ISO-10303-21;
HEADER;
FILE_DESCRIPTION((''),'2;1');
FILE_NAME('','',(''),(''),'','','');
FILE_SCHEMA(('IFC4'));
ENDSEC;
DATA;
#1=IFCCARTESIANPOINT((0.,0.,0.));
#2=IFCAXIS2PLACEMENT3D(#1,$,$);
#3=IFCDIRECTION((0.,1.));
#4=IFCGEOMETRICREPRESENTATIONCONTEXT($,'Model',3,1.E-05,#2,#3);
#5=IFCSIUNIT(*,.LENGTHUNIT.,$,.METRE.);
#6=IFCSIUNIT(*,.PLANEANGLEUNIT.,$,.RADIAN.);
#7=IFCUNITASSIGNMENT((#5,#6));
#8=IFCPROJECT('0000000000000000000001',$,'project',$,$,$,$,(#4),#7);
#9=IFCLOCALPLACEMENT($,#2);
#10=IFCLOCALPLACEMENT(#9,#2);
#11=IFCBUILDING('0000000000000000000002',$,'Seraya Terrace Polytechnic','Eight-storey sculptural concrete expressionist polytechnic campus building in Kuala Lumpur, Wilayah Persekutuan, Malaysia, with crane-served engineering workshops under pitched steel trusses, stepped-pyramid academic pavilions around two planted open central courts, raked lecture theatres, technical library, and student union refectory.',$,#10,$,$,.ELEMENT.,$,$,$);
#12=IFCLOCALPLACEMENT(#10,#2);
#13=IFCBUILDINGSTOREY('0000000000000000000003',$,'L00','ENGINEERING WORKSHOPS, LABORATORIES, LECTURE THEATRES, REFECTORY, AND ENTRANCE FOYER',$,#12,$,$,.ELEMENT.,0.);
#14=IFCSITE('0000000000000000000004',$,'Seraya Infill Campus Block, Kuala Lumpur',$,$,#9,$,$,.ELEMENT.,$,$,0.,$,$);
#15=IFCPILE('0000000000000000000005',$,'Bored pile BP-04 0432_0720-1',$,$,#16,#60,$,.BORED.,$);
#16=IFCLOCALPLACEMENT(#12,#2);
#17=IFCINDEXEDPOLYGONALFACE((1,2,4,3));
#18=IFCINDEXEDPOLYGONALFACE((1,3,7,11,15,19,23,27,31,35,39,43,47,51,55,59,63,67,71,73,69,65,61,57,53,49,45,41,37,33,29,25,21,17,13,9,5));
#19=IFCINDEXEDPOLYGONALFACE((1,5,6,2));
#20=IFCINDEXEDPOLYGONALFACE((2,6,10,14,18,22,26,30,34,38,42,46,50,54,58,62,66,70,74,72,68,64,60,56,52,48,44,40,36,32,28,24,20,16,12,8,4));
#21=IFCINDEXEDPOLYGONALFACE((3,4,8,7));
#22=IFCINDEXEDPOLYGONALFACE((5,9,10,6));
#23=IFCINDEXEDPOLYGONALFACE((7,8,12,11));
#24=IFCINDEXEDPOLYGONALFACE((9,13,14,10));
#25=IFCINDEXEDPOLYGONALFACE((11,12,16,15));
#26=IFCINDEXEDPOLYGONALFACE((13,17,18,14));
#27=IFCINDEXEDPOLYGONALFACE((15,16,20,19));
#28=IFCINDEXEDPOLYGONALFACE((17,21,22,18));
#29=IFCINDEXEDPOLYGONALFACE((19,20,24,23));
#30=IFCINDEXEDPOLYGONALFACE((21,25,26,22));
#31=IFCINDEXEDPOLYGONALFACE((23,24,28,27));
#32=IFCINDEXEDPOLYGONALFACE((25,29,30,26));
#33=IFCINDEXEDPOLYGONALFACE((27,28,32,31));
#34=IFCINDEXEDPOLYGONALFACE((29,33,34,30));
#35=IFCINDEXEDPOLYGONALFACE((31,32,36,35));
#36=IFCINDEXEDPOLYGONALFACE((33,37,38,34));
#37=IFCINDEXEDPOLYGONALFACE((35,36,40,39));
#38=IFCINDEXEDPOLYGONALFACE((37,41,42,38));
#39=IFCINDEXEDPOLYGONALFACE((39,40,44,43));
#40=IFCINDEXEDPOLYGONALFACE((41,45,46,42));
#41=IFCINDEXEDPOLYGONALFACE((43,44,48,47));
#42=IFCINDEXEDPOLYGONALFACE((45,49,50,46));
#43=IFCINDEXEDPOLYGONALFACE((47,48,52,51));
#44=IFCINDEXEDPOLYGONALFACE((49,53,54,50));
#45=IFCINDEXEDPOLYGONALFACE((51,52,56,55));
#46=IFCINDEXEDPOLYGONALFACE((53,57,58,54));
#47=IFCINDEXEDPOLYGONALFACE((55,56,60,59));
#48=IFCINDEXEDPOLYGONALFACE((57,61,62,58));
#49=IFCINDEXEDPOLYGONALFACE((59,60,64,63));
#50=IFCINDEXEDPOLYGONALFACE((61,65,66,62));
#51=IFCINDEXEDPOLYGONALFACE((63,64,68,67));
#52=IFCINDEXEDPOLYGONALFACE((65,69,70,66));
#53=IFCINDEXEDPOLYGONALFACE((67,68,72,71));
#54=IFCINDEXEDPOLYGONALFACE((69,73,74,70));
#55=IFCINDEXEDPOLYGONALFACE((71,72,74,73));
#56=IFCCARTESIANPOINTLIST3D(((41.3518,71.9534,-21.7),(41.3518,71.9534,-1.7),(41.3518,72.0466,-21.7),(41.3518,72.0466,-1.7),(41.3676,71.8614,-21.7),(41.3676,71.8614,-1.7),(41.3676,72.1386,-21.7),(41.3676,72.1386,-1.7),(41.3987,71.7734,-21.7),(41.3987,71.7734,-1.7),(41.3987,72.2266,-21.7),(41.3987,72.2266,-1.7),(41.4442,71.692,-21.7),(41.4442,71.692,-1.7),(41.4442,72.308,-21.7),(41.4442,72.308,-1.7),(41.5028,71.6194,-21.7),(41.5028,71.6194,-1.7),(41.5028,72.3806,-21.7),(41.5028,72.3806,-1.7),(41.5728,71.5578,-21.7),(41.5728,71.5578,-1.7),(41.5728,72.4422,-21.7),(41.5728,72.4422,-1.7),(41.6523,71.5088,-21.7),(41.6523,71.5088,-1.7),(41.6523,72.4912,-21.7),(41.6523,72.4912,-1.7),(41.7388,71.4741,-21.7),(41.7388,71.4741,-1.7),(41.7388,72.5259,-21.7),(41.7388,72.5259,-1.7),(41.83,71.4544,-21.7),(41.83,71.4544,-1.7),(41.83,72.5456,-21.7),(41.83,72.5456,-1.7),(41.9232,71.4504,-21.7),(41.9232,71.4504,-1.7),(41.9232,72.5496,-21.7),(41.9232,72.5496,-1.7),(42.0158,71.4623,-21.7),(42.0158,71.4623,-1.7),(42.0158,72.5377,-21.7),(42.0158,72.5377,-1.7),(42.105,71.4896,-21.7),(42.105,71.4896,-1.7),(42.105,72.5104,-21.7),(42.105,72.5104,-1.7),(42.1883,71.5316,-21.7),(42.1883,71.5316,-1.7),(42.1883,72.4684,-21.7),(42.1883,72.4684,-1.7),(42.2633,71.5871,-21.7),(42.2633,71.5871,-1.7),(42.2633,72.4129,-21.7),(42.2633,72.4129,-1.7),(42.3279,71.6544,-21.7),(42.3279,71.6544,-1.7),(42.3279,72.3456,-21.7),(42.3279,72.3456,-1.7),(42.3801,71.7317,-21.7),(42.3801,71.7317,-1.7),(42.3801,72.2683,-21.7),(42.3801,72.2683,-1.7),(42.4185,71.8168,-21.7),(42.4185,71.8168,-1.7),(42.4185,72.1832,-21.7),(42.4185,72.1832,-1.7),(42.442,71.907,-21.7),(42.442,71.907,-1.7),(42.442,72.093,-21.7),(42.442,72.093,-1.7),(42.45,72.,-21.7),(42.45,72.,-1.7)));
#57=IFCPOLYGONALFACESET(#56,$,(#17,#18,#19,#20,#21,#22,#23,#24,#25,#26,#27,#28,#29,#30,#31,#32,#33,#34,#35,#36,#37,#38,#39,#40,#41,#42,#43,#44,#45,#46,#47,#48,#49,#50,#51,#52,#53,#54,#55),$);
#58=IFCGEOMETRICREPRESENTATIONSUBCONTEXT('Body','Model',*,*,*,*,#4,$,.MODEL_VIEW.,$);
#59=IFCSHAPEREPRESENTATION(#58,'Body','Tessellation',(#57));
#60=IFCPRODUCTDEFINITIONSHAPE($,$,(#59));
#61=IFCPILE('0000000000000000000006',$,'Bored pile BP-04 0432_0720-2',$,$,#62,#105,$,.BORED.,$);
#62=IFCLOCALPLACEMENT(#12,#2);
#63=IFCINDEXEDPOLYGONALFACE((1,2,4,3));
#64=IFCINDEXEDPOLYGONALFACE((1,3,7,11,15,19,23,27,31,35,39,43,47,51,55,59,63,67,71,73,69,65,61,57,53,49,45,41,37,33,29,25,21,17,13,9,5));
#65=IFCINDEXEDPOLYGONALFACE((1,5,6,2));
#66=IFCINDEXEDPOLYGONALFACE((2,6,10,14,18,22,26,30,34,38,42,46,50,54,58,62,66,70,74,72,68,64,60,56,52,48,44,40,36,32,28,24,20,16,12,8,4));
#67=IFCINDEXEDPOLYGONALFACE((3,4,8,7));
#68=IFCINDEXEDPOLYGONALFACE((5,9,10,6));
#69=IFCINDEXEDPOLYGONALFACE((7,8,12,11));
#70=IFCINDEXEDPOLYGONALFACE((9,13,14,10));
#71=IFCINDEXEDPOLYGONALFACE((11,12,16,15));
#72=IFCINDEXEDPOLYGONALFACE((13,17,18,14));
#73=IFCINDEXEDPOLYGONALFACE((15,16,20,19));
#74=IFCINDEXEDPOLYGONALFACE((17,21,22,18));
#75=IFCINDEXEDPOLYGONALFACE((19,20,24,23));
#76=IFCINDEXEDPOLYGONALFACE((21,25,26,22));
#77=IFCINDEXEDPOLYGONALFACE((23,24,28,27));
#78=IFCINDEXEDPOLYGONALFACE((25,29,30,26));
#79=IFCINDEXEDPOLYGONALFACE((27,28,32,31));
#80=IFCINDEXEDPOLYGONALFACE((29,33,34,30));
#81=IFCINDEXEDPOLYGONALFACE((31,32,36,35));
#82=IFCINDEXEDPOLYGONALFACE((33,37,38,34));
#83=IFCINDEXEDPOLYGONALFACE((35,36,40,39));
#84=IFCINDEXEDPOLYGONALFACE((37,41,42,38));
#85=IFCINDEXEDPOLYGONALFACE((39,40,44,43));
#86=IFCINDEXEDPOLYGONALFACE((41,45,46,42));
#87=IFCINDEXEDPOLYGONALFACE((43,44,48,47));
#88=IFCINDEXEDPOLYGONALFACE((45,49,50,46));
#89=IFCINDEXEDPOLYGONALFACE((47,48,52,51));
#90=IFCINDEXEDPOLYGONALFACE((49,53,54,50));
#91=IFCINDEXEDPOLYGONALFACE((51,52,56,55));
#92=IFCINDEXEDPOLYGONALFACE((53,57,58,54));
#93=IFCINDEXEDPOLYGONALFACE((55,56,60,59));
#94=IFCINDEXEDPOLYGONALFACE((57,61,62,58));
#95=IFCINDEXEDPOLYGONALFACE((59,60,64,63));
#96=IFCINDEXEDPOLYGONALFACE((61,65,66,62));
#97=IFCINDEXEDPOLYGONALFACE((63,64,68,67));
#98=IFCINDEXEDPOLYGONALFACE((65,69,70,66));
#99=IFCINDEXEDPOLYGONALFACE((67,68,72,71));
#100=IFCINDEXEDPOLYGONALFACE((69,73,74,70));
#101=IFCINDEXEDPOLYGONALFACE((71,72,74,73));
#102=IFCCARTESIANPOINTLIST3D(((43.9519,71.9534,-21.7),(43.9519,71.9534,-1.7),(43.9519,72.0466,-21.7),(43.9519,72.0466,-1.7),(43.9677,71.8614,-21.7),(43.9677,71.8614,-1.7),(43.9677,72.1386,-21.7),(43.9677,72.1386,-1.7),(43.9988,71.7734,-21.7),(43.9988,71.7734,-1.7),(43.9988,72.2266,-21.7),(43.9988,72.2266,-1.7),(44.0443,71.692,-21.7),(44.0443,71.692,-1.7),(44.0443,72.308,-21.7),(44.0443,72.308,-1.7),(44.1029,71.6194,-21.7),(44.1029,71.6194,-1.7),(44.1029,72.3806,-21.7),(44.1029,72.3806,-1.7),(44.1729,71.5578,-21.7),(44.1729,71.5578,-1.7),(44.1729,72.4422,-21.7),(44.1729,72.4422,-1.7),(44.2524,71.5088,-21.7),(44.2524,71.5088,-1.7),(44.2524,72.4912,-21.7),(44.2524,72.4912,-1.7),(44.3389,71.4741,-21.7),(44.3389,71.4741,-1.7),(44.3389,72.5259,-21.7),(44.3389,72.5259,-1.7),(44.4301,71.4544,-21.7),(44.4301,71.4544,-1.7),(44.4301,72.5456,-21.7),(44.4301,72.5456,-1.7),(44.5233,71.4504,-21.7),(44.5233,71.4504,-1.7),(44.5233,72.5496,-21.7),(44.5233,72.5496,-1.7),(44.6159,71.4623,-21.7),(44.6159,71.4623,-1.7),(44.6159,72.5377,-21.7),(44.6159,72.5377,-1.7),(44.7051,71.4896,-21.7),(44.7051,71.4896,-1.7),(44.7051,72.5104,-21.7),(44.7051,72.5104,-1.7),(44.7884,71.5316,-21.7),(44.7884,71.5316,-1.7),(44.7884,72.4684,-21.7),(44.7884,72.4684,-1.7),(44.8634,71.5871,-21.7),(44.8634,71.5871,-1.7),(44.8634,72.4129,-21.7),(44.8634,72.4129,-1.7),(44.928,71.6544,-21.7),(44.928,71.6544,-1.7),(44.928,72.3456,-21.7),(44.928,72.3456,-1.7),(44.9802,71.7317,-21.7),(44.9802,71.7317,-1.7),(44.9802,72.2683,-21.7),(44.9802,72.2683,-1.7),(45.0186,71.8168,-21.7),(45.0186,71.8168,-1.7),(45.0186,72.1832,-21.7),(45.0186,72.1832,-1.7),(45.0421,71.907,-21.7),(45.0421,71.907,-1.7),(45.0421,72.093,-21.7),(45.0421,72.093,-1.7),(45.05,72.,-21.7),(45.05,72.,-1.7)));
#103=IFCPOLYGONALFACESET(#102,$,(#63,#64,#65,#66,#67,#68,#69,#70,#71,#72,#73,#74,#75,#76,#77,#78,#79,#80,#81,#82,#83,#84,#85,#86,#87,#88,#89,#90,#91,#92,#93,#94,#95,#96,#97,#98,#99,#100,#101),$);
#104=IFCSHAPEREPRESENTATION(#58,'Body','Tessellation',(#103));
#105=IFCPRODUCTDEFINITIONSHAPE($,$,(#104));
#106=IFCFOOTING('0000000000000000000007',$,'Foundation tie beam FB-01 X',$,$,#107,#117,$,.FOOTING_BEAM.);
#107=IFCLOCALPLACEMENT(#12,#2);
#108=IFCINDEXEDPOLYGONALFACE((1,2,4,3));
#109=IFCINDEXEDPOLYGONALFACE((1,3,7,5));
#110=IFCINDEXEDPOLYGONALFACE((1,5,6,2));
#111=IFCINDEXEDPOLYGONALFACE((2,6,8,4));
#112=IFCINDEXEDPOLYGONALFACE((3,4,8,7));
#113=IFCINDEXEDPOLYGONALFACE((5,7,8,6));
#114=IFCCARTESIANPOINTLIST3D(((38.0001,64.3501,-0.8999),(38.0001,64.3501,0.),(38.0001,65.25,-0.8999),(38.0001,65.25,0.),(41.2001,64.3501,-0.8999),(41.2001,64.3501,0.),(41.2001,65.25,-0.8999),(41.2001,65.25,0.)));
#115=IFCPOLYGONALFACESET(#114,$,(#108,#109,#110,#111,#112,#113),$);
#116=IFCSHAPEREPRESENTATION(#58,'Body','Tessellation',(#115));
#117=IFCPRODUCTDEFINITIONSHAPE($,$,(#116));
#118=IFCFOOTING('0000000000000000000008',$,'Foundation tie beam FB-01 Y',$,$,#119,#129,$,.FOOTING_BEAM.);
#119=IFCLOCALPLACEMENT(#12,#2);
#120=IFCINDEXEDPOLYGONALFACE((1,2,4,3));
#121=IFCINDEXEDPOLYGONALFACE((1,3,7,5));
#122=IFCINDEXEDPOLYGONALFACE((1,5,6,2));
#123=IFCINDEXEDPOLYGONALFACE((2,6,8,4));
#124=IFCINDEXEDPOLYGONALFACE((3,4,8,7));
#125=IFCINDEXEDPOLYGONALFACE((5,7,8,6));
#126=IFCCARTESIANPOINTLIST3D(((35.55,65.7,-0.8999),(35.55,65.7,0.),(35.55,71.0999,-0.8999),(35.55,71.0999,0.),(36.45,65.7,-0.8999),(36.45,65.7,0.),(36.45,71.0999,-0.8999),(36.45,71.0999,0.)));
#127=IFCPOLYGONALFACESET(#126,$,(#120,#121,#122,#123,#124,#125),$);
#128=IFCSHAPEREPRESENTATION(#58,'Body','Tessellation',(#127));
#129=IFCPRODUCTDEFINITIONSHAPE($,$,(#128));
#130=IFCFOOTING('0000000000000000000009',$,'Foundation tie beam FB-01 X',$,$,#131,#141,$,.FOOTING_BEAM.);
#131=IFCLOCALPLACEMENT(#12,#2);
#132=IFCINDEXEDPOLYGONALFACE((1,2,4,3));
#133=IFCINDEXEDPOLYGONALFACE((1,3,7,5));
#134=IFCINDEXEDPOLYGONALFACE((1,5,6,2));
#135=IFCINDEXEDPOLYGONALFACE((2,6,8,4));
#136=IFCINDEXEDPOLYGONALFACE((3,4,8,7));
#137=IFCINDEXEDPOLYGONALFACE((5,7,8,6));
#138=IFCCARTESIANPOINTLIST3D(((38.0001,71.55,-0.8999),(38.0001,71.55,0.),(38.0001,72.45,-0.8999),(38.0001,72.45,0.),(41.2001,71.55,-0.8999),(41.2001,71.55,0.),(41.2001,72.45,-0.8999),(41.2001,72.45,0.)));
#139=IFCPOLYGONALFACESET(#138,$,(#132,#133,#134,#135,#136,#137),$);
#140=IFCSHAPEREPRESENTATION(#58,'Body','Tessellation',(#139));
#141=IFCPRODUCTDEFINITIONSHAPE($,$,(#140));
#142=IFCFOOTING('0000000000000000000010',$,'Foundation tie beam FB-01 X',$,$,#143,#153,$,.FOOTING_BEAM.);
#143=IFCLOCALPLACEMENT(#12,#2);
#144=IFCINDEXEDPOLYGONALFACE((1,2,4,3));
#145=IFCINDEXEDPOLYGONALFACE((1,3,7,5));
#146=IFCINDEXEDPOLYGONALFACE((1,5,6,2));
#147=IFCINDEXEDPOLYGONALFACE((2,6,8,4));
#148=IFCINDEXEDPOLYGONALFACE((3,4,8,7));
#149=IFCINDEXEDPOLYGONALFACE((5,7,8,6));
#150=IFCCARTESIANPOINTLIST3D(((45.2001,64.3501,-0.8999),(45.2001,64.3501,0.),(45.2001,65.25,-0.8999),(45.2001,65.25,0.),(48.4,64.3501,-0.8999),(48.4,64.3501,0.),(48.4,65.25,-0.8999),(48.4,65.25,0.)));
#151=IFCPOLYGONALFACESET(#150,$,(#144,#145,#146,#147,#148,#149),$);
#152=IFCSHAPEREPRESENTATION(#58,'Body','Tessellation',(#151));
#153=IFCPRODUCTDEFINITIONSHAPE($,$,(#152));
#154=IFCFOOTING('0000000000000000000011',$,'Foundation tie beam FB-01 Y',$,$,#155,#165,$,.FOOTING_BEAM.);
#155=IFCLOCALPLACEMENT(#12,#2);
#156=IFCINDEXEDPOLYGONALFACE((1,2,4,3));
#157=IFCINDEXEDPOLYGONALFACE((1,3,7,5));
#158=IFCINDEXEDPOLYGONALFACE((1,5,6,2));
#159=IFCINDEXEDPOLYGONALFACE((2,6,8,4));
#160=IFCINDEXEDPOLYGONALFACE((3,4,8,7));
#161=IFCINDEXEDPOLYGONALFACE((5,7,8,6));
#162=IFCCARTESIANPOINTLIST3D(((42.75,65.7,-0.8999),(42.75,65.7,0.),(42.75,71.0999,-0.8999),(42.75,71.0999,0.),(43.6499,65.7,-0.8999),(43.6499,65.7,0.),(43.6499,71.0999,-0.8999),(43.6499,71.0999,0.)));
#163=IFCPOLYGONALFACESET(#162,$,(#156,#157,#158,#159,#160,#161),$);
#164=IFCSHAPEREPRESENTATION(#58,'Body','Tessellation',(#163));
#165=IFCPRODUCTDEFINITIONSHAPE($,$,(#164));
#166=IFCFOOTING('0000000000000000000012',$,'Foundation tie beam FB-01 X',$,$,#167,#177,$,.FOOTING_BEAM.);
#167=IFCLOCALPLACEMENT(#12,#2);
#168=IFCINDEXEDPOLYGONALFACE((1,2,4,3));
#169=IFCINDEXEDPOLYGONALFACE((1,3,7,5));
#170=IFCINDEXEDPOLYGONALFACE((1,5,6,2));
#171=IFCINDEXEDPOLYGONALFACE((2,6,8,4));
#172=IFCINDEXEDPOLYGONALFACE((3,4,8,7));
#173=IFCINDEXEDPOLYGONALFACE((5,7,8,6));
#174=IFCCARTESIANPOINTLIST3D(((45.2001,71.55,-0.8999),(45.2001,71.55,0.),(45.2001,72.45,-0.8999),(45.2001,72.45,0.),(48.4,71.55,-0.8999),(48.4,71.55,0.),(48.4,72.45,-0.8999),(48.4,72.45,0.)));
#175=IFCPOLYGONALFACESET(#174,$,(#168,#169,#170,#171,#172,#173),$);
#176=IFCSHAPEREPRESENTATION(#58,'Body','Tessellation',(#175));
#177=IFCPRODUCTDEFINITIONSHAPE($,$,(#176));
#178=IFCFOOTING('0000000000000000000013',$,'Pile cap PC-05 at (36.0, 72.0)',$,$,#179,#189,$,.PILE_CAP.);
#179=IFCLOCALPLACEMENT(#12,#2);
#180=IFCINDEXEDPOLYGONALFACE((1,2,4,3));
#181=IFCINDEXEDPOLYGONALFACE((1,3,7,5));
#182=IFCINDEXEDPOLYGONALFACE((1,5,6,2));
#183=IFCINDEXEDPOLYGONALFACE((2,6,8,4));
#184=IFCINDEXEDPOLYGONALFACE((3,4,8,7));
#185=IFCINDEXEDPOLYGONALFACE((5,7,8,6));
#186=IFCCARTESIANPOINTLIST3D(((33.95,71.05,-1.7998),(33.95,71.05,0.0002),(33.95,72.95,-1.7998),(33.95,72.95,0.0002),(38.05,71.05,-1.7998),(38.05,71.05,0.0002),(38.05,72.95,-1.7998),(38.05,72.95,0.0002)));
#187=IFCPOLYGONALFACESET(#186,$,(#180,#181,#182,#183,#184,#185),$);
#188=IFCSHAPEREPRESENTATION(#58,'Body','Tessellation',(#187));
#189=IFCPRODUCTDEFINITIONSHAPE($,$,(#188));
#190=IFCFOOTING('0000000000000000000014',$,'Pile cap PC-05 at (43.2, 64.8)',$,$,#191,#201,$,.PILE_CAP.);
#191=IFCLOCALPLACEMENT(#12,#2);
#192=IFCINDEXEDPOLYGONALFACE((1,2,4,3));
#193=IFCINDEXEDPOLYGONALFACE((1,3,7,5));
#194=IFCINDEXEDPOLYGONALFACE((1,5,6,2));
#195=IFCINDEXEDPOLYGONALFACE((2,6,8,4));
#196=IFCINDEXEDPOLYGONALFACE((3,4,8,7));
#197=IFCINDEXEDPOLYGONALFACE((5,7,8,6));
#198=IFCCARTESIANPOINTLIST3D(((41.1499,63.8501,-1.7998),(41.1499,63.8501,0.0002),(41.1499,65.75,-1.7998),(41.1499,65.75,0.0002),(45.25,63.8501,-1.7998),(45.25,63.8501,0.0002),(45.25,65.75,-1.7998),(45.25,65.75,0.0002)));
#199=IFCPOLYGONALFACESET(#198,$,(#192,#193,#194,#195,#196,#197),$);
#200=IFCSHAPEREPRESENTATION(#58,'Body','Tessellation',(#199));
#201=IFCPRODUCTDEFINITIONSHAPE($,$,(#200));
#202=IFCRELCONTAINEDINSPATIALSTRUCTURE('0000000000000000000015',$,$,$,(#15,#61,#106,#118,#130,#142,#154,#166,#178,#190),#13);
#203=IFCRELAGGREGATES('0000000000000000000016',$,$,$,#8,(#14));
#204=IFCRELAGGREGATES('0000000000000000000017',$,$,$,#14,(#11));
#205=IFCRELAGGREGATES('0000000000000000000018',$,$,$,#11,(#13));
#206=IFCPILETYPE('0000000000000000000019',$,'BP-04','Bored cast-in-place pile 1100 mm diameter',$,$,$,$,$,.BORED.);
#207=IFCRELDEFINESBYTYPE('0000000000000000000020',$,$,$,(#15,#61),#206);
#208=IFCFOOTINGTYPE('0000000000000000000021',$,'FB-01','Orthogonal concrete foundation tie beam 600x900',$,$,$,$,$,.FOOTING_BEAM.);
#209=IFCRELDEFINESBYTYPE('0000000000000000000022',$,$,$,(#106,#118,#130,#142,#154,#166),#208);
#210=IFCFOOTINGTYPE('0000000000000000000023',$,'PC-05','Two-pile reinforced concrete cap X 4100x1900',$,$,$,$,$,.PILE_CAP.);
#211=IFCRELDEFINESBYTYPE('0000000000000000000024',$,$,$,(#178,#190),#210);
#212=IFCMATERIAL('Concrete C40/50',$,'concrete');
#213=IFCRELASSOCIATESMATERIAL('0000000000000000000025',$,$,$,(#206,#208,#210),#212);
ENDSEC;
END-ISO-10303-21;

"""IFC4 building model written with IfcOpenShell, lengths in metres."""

from ifc_helpers import new_model, si_unit, direction, frame, origin, origin_2d, place, context, subcontext, project, spatial, rectangle, circle, extrude, material, material_profile, profile_set, type_object, element, save


model = new_model("IFC4")

# Units and contexts
model_context = context("Model", 3, precision=1e-05, world=origin(), true_north=direction((0.0, 1.0)))
body_context = subcontext(model_context, "Body", "Model", "MODEL_VIEW")
ifc_project = project(units=[si_unit("LENGTHUNIT", "METRE"), si_unit("PLANEANGLEUNIT", "RADIAN")], contexts=[model_context])

# Site, building, storey
site_placement = place(None, origin())
site = spatial("IfcSite", under=ifc_project, at=site_placement, Name="Seraya Infill Campus Block, Kuala Lumpur", CompositionType="ELEMENT", RefElevation=0.0)
building_placement = place(site_placement, origin())
building = spatial("IfcBuilding", under=site, at=building_placement, Name="Seraya Terrace Polytechnic", Description="Eight-storey sculptural concrete expressionist polytechnic campus building in Kuala Lumpur, Wilayah Persekutuan, Malaysia, with crane-served engineering workshops under pitched steel trusses, stepped-pyramid academic pavilions around two planted open central courts, raked lecture theatres, technical library, and student union refectory.", CompositionType="ELEMENT")
storey_placement = place(building_placement, origin())
storey = spatial("IfcBuildingStorey", under=building, at=storey_placement, Name="L00", Description="ENGINEERING WORKSHOPS, LABORATORIES, LECTURE THEATRES, REFECTORY, AND ENTRANCE FOYER", CompositionType="ELEMENT", Elevation=0.0)

# Piles
ifc_material_1 = material(Name="Concrete C40/50", Category="concrete")
ifc_material_profile_1 = material_profile(ifc_material_1, circle(Radius=0.55, at=origin_2d()), Name="DIA 1100")
ifc_profile_set_1 = profile_set([ifc_material_profile_1], Name="Concrete C40/50")
pile_type = type_object("IfcPileType", Name="BP-04", Description="Bored cast-in-place pile 1100 mm diameter", PredefinedType="BORED", material=ifc_profile_set_1)
for number, where, z_axis, x_axis, name in (
    (1, (41.8999, 72.0, -1.7), (0.0, 0.0, -1.0), (1.0, 0.0, 0.0), "Bored pile BP-04 0432_0720-1"),
    (2, (44.5, 72.0, -1.7), (0.0, 0.0, -1.0), (1.0, 0.0, 0.0), "Bored pile BP-04 0432_0720-2"),
):
    element("IfcPile", number, at=place(storey_placement, frame(where, z_axis=z_axis, x_axis=x_axis)), inside=storey, type_object=pile_type, Name=name, PredefinedType="BORED", context=body_context, shape_type="SweptSolid", body=[
        extrude(circle(Radius=0.55, at=origin_2d()), origin(), (0.0, 0.0, 1.0), 20.0),
    ])

# Footings
footing_type_1 = type_object("IfcFootingType", Name="FB-01", Description="Orthogonal concrete foundation tie beam 600x900", PredefinedType="FOOTING_BEAM", material=ifc_material_1)
footing_1_placement = place(storey_placement, frame((39.6001, 64.8, -0.8999), z_axis=(0.0, 0.0, 1.0), x_axis=(1.0, 0.0, 0.0)))
element("IfcFooting", 3, at=footing_1_placement, inside=storey, type_object=footing_type_1, Name="Foundation tie beam FB-01 X", PredefinedType="FOOTING_BEAM", context=body_context, shape_type="SweptSolid", body=[
    extrude(rectangle(XDim=3.2, YDim=0.8999, at=origin_2d()), origin(), (0.0, 0.0, 1.0), 0.8999),
])
footing_2_placement = place(storey_placement, frame((36.0, 68.3999, -0.8999), z_axis=(0.0, 0.0, 1.0), x_axis=(0.0, 1.0, 0.0)))
element("IfcFooting", 4, at=footing_2_placement, inside=storey, type_object=footing_type_1, Name="Foundation tie beam FB-01 Y", PredefinedType="FOOTING_BEAM", context=body_context, shape_type="SweptSolid", body=[
    extrude(rectangle(XDim=5.3999, YDim=0.8999, at=origin_2d()), origin(), (0.0, 0.0, 1.0), 0.8999),
])
for number, where, z_axis, x_axis, name in (
    (5, (39.6001, 72.0, -0.8999), (0.0, 0.0, 1.0), (1.0, 0.0, 0.0), "Foundation tie beam FB-01 X"),
    (6, (46.8, 64.8, -0.8999), (0.0, 0.0, 1.0), (1.0, 0.0, 0.0), "Foundation tie beam FB-01 X"),
):
    element("IfcFooting", number, at=place(storey_placement, frame(where, z_axis=z_axis, x_axis=x_axis)), inside=storey, type_object=footing_type_1, Name=name, PredefinedType="FOOTING_BEAM", context=body_context, shape_type="SweptSolid", body=[
        extrude(rectangle(XDim=3.2, YDim=0.8999, at=origin_2d()), origin(), (0.0, 0.0, 1.0), 0.8999),
    ])
footing_3_placement = place(storey_placement, frame((43.2, 68.3999, -0.8999), z_axis=(0.0, 0.0, 1.0), x_axis=(0.0, 1.0, 0.0)))
element("IfcFooting", 7, at=footing_3_placement, inside=storey, type_object=footing_type_1, Name="Foundation tie beam FB-01 Y", PredefinedType="FOOTING_BEAM", context=body_context, shape_type="SweptSolid", body=[
    extrude(rectangle(XDim=5.3999, YDim=0.8999, at=origin_2d()), origin(), (0.0, 0.0, 1.0), 0.8999),
])
footing_4_placement = place(storey_placement, frame((46.8, 72.0, -0.8999), z_axis=(0.0, 0.0, 1.0), x_axis=(1.0, 0.0, 0.0)))
element("IfcFooting", 8, at=footing_4_placement, inside=storey, type_object=footing_type_1, Name="Foundation tie beam FB-01 X", PredefinedType="FOOTING_BEAM", context=body_context, shape_type="SweptSolid", body=[
    extrude(rectangle(XDim=3.2, YDim=0.8999, at=origin_2d()), origin(), (0.0, 0.0, 1.0), 0.8999),
])
footing_type_2 = type_object("IfcFootingType", Name="PC-05", Description="Two-pile reinforced concrete cap X 4100x1900", PredefinedType="PILE_CAP", material=ifc_material_1)
for number, where, z_axis, x_axis, name in (
    (9, (36.0, 72.0, -1.7998), (0.0, 0.0, 1.0), (1.0, 0.0, 0.0), "Pile cap PC-05 at (36.0, 72.0)"),
    (10, (43.2, 64.8, -1.7998), (0.0, 0.0, 1.0), (1.0, 0.0, 0.0), "Pile cap PC-05 at (43.2, 64.8)"),
):
    element("IfcFooting", number, at=place(storey_placement, frame(where, z_axis=z_axis, x_axis=x_axis)), inside=storey, type_object=footing_type_2, Name=name, PredefinedType="PILE_CAP", context=body_context, shape_type="SweptSolid", body=[
        extrude(rectangle(XDim=4.1001, YDim=1.8999, at=origin_2d()), origin(), (0.0, 0.0, 1.0), 1.8),
    ])

save(model, "model.ifc")
